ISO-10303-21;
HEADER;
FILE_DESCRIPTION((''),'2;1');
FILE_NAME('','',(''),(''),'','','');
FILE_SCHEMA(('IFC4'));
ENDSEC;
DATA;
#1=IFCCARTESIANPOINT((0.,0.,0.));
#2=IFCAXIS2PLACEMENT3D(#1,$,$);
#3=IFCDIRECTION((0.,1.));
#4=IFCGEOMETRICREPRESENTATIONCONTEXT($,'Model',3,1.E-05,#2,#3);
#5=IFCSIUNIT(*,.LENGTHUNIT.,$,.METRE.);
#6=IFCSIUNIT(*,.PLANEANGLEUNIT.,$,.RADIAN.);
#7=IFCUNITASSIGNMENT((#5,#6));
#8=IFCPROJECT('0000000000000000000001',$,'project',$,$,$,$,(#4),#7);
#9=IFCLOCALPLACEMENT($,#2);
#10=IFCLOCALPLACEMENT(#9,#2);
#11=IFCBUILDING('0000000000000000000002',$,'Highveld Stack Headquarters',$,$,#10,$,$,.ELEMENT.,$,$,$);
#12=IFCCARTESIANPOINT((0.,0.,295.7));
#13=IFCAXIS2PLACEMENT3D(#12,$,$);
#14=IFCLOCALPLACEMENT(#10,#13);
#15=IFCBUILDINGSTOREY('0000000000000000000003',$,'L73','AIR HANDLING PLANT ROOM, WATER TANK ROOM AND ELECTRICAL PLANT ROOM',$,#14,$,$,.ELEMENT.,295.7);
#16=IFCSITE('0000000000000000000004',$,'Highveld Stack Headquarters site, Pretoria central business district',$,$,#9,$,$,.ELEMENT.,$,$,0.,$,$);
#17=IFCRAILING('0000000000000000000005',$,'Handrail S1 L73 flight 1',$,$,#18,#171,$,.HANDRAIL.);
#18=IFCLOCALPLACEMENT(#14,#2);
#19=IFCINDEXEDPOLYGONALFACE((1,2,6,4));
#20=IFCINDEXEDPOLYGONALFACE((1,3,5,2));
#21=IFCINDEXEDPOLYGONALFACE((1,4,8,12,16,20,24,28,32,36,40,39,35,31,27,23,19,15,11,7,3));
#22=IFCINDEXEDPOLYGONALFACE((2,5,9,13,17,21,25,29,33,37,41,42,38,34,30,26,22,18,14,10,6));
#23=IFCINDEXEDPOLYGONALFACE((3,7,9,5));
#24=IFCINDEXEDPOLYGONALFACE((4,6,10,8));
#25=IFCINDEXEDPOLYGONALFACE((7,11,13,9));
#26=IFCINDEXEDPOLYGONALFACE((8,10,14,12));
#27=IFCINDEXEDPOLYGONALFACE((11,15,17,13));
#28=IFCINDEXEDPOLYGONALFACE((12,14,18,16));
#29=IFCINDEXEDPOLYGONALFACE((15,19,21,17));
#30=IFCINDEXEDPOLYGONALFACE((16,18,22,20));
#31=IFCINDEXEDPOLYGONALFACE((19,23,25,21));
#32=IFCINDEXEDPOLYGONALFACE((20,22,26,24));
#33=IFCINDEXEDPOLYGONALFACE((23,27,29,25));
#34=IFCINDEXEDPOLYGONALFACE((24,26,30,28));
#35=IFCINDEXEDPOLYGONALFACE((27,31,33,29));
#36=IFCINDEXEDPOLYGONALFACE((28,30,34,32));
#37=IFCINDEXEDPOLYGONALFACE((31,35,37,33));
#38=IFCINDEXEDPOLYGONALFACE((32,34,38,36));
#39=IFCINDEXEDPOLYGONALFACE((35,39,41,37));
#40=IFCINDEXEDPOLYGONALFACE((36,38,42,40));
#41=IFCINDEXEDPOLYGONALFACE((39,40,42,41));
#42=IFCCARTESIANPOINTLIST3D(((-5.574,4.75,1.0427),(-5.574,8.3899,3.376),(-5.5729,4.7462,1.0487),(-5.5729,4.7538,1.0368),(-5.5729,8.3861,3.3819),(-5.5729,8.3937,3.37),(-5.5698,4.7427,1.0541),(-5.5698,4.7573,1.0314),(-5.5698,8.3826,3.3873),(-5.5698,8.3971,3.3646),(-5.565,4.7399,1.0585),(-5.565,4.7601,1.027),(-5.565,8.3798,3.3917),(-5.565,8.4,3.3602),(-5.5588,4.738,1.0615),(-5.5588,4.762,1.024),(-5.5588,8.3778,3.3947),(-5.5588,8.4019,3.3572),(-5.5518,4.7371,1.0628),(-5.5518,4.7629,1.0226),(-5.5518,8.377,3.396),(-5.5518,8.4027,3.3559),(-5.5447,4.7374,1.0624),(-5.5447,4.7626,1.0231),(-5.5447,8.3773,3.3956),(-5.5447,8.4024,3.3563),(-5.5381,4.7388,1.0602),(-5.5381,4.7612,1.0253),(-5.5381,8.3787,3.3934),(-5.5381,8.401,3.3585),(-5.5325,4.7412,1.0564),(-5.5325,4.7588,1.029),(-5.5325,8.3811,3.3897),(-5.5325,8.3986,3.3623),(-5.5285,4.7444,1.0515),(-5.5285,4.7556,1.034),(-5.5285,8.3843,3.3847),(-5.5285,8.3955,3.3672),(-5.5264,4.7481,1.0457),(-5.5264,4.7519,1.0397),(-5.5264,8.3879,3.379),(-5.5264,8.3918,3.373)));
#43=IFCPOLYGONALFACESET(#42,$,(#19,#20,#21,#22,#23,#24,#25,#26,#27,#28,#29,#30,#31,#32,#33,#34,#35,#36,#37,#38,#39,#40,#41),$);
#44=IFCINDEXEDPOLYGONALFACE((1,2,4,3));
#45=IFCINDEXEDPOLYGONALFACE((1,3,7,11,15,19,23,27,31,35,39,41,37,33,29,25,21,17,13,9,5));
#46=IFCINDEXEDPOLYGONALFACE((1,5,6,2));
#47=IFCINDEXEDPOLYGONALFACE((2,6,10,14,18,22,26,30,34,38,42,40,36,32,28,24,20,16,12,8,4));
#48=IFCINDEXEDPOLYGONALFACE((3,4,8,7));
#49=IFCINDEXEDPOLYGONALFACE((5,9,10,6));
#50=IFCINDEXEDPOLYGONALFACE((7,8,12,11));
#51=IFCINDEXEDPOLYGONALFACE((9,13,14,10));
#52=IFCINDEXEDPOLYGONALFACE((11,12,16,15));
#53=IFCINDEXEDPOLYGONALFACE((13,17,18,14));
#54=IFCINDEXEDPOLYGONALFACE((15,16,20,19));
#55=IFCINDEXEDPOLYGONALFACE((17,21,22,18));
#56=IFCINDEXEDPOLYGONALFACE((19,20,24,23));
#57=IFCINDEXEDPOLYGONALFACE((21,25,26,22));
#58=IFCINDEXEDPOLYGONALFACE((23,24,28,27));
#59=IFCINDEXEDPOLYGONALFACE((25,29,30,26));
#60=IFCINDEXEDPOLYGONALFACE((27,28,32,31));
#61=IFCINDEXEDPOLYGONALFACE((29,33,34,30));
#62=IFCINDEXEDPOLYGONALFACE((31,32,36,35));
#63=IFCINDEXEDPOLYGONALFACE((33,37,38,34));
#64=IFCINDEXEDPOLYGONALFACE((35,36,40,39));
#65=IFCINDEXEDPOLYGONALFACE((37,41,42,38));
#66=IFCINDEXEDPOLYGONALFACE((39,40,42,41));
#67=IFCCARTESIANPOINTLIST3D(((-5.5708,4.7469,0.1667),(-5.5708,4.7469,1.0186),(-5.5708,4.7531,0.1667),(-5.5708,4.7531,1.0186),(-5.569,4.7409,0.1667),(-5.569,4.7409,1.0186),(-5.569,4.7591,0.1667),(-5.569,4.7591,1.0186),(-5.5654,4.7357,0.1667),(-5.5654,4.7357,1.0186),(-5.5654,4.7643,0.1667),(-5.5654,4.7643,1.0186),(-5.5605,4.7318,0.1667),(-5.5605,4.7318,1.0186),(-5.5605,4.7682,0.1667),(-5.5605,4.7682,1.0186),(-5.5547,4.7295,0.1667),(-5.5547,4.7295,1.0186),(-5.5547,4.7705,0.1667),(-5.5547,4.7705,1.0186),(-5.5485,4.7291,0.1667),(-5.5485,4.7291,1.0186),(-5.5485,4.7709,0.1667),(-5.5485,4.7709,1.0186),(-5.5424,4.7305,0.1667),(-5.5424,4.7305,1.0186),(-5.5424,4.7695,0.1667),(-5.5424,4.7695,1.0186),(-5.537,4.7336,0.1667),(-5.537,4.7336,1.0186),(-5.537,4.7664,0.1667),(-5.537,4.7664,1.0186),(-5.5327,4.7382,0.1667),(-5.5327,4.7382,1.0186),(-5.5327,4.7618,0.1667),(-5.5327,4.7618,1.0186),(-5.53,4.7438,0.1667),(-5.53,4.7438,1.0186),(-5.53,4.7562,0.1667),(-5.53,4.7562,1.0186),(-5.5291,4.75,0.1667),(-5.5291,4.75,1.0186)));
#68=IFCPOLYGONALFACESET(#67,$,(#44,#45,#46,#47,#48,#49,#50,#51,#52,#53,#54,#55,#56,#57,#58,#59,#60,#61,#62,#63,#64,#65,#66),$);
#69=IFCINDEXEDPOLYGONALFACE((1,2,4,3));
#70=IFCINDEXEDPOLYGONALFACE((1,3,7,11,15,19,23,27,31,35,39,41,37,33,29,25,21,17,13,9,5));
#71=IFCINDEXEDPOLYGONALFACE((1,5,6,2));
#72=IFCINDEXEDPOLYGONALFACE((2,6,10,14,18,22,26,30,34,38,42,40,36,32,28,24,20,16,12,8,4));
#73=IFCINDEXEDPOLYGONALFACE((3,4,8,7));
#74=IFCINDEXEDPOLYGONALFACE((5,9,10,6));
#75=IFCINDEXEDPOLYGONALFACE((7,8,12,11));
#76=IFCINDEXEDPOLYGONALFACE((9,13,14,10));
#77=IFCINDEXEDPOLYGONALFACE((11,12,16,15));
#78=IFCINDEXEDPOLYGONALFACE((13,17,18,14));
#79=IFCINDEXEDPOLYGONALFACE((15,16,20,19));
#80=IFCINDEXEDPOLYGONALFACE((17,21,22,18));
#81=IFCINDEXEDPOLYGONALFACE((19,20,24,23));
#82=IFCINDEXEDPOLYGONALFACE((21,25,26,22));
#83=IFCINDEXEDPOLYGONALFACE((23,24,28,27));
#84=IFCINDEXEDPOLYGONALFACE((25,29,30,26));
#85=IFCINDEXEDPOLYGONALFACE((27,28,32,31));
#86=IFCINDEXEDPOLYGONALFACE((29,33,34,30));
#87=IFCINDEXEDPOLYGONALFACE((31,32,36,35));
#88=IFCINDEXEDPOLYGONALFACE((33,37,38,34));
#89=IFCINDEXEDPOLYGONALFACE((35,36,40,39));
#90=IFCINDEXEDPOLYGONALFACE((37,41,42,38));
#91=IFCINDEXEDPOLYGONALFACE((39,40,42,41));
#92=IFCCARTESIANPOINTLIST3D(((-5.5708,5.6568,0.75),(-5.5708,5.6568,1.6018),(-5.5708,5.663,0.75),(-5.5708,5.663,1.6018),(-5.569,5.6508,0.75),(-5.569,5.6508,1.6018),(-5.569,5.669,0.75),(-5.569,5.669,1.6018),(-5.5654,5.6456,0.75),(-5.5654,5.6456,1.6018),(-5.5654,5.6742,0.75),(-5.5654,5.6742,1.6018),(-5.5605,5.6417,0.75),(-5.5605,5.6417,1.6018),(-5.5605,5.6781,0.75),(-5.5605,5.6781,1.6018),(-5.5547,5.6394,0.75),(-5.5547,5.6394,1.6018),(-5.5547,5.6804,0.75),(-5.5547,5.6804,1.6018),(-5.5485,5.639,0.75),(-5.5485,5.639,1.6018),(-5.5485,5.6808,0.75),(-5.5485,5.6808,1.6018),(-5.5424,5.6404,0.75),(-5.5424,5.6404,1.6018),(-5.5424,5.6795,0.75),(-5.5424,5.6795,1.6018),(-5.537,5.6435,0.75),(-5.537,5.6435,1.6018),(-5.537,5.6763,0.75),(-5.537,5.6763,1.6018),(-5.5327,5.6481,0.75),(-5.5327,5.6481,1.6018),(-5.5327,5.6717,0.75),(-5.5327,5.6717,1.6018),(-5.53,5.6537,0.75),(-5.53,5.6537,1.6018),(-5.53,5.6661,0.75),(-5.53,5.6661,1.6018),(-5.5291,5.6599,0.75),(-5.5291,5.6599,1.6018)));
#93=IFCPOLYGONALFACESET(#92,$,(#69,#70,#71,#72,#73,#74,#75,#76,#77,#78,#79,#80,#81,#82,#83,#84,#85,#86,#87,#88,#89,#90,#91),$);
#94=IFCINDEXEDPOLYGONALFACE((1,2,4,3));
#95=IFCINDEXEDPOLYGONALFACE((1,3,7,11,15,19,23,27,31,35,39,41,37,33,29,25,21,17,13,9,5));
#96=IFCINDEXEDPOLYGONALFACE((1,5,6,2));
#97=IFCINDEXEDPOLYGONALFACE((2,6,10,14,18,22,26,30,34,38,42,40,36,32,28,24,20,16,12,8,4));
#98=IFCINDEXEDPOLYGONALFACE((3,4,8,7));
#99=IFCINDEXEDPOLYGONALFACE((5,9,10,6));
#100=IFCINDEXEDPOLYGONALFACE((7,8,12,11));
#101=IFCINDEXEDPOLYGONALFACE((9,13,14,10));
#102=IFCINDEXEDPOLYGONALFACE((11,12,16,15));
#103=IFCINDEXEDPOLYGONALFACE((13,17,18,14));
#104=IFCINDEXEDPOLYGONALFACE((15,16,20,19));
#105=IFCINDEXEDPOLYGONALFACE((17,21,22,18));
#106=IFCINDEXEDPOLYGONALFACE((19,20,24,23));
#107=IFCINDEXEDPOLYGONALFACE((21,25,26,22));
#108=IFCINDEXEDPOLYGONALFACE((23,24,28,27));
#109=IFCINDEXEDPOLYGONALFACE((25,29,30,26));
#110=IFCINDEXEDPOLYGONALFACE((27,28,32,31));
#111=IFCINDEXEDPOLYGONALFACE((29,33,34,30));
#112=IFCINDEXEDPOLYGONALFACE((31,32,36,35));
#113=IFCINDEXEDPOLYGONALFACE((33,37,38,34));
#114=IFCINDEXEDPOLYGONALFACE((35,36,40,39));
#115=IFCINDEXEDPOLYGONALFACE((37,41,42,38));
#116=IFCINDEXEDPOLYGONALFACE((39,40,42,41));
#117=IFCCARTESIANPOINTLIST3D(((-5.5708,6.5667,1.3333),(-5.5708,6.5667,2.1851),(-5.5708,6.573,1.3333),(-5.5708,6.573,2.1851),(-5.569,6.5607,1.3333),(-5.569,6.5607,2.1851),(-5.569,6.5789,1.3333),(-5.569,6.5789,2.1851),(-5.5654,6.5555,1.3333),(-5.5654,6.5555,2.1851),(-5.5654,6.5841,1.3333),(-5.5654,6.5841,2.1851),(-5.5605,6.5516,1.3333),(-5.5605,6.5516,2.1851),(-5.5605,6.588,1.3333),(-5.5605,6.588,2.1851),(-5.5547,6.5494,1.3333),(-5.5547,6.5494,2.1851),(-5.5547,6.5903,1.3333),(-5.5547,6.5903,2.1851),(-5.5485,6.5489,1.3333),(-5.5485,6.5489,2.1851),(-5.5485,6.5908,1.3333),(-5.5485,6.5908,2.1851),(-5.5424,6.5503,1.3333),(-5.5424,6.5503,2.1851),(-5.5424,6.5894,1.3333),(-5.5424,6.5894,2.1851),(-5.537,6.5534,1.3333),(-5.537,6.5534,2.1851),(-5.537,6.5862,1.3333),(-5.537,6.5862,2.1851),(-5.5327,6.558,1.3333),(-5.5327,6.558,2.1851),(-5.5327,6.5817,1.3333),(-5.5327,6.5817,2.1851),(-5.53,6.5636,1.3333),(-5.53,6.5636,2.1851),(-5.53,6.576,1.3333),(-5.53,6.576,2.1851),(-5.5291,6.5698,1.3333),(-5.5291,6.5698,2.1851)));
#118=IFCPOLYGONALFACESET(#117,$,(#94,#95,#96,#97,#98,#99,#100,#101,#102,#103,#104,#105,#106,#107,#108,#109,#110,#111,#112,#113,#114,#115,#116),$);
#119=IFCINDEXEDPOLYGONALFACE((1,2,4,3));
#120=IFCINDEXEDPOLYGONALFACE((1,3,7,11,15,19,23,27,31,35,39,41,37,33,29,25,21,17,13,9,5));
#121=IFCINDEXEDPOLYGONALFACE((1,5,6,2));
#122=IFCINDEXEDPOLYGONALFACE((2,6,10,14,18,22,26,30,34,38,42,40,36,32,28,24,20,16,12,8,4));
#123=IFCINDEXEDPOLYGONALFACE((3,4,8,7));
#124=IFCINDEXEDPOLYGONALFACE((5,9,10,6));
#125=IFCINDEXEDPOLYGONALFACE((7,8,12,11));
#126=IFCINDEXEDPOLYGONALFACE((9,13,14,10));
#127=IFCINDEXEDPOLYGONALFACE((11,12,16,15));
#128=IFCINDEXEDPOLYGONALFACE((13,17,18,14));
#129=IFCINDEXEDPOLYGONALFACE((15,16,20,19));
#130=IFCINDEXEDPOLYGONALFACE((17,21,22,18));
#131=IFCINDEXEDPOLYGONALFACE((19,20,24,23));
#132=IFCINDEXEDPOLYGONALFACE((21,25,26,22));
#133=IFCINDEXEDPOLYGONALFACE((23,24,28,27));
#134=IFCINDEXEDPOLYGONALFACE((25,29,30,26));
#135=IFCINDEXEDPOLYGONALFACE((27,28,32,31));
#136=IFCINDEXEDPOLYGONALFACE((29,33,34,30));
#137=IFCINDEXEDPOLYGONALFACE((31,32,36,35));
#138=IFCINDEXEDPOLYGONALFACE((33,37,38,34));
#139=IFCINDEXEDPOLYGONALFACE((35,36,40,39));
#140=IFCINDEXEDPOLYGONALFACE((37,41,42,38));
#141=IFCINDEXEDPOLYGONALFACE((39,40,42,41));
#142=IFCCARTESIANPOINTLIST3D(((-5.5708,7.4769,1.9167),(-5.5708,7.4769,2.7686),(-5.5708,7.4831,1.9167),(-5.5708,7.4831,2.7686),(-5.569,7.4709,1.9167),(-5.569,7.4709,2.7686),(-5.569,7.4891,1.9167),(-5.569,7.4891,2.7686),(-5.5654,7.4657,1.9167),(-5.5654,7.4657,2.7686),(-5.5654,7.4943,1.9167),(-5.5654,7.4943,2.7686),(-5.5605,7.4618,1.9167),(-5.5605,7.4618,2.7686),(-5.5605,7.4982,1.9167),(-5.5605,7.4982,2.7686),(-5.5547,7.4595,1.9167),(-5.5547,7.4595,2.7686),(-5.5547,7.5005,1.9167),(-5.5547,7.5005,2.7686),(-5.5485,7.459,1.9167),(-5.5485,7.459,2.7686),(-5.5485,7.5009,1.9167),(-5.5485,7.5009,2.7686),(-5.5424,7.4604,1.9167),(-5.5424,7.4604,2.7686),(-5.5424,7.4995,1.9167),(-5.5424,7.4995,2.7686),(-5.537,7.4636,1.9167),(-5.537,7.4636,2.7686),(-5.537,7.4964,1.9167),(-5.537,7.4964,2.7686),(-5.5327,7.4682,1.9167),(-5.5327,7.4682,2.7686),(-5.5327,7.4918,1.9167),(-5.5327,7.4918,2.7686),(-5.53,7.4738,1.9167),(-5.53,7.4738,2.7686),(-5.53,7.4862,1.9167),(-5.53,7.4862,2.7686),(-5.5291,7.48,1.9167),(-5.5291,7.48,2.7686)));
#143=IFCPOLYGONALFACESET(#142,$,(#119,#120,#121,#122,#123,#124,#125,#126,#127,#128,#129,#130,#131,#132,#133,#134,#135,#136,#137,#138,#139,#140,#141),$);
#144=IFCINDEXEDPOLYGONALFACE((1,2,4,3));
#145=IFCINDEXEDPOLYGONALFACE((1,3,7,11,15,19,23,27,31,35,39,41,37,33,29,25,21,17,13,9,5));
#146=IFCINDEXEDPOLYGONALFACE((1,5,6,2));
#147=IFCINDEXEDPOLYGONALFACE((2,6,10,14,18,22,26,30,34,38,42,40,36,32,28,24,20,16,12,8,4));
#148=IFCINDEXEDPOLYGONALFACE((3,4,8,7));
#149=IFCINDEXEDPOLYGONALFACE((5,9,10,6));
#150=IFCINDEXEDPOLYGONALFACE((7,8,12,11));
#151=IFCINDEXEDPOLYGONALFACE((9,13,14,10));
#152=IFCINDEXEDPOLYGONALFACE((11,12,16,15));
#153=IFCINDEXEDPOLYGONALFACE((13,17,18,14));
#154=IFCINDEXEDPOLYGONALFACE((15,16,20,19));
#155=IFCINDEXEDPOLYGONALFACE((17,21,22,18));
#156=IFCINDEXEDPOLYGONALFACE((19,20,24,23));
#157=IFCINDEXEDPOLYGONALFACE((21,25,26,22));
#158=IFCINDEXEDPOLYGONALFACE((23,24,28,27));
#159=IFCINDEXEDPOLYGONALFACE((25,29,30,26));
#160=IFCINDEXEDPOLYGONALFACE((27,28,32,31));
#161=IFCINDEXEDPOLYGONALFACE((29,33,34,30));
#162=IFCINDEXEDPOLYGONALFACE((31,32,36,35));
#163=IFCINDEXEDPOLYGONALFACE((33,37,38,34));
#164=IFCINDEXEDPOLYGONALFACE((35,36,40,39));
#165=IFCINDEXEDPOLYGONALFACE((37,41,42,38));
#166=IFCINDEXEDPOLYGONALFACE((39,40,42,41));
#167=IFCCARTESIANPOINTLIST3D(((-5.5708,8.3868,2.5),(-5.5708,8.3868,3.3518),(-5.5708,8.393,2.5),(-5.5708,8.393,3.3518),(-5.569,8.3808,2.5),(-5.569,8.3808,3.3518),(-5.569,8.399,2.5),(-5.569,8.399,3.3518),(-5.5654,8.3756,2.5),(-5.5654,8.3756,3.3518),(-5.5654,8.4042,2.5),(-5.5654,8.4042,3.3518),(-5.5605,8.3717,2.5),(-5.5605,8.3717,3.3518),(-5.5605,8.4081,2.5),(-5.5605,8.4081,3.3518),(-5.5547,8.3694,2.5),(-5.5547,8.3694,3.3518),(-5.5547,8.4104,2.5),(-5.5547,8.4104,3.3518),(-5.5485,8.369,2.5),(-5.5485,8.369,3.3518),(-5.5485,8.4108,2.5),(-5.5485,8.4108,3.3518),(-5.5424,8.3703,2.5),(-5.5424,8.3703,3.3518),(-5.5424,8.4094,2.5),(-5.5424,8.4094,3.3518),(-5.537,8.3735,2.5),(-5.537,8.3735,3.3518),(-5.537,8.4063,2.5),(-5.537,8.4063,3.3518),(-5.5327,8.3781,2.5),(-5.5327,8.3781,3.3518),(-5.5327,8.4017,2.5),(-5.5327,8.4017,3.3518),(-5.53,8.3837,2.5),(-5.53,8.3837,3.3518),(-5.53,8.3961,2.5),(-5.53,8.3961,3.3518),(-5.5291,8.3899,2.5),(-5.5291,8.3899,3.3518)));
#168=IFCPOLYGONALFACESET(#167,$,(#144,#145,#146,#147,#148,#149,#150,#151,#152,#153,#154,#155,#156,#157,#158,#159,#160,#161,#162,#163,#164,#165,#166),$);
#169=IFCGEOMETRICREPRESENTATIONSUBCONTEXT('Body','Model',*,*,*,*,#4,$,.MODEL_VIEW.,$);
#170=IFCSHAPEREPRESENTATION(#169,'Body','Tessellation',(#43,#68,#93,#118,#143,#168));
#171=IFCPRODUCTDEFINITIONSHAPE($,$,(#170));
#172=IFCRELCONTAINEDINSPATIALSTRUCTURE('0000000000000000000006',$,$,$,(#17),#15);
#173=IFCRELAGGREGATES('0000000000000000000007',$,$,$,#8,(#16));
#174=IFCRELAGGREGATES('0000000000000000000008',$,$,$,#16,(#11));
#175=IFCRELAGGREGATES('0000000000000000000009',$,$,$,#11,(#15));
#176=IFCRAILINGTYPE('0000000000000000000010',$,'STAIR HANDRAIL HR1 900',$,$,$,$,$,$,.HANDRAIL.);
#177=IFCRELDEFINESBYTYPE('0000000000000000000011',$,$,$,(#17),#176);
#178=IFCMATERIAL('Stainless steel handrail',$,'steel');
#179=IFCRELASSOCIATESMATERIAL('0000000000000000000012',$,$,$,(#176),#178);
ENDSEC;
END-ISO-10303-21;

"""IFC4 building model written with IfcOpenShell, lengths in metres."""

from ifc_helpers import new_model, si_unit, direction, frame, origin, origin_2d, place, context, subcontext, project, spatial, circle, extrude, material, type_object, element, save


model = new_model("IFC4")

# Units and contexts
model_context = context("Model", 3, precision=1e-05, world=origin(), true_north=direction((0.0, 1.0)))
body_context = subcontext(model_context, "Body", "Model", "MODEL_VIEW")
ifc_project = project(units=[si_unit("LENGTHUNIT", "METRE"), si_unit("PLANEANGLEUNIT", "RADIAN")], contexts=[model_context])

# Site, building, storey
site_placement = place(None, origin())
site = spatial("IfcSite", under=ifc_project, at=site_placement, Name="Highveld Stack Headquarters site, Pretoria central business district", CompositionType="ELEMENT", RefElevation=0.0)
building_placement = place(site_placement, origin())
building = spatial("IfcBuilding", under=site, at=building_placement, Name="Highveld Stack Headquarters", CompositionType="ELEMENT")
storey_placement = place(building_placement, frame((0.0, 0.0, 295.7)))
storey = spatial("IfcBuildingStorey", under=building, at=storey_placement, Name="L73", Description="AIR HANDLING PLANT ROOM, WATER TANK ROOM AND ELECTRICAL PLANT ROOM", CompositionType="ELEMENT", Elevation=295.7)

# Railing
ifc_material_1 = material(Name="Stainless steel handrail", Category="steel")
railing_type = type_object("IfcRailingType", Name="STAIR HANDRAIL HR1 900", PredefinedType="HANDRAIL", material=ifc_material_1)
for number, where, name in (
    (1, (-5.55, 4.75, 0.1667), "Handrail S1 L73 flight 1"),
):
    element("IfcRailing", number, at=place(storey_placement, frame(where)), inside=storey, type_object=railing_type, Name=name, PredefinedType="HANDRAIL", context=body_context, shape_type="SweptSolid", body=[
        extrude(circle(Radius=0.0239, at=origin_2d()), frame((0.0, 0.0, 0.876), z_axis=(0.0, 0.84188, 0.539664), x_axis=(-1.0, 0.0, 0.0)), (0.0, 0.0, 1.0), 4.3235),
        extrude(circle(Radius=0.021, at=origin_2d()), origin(), (0.0, 0.0, 1.0), 0.8518),
        extrude(circle(Radius=0.021, at=origin_2d()), frame((0.0, 0.9099, 0.5833)), (0.0, 0.0, 1.0), 0.8518),
        extrude(circle(Radius=0.021, at=origin_2d()), frame((0.0, 1.8198, 1.1665)), (0.0, 0.0, 1.0), 0.8518),
        extrude(circle(Radius=0.021, at=origin_2d()), frame((0.0, 2.73, 1.75)), (0.0, 0.0, 1.0), 0.8518),
        extrude(circle(Radius=0.021, at=origin_2d()), frame((0.0, 3.6399, 2.3333)), (0.0, 0.0, 1.0), 0.8518),
    ])

save(model, "model.ifc")
